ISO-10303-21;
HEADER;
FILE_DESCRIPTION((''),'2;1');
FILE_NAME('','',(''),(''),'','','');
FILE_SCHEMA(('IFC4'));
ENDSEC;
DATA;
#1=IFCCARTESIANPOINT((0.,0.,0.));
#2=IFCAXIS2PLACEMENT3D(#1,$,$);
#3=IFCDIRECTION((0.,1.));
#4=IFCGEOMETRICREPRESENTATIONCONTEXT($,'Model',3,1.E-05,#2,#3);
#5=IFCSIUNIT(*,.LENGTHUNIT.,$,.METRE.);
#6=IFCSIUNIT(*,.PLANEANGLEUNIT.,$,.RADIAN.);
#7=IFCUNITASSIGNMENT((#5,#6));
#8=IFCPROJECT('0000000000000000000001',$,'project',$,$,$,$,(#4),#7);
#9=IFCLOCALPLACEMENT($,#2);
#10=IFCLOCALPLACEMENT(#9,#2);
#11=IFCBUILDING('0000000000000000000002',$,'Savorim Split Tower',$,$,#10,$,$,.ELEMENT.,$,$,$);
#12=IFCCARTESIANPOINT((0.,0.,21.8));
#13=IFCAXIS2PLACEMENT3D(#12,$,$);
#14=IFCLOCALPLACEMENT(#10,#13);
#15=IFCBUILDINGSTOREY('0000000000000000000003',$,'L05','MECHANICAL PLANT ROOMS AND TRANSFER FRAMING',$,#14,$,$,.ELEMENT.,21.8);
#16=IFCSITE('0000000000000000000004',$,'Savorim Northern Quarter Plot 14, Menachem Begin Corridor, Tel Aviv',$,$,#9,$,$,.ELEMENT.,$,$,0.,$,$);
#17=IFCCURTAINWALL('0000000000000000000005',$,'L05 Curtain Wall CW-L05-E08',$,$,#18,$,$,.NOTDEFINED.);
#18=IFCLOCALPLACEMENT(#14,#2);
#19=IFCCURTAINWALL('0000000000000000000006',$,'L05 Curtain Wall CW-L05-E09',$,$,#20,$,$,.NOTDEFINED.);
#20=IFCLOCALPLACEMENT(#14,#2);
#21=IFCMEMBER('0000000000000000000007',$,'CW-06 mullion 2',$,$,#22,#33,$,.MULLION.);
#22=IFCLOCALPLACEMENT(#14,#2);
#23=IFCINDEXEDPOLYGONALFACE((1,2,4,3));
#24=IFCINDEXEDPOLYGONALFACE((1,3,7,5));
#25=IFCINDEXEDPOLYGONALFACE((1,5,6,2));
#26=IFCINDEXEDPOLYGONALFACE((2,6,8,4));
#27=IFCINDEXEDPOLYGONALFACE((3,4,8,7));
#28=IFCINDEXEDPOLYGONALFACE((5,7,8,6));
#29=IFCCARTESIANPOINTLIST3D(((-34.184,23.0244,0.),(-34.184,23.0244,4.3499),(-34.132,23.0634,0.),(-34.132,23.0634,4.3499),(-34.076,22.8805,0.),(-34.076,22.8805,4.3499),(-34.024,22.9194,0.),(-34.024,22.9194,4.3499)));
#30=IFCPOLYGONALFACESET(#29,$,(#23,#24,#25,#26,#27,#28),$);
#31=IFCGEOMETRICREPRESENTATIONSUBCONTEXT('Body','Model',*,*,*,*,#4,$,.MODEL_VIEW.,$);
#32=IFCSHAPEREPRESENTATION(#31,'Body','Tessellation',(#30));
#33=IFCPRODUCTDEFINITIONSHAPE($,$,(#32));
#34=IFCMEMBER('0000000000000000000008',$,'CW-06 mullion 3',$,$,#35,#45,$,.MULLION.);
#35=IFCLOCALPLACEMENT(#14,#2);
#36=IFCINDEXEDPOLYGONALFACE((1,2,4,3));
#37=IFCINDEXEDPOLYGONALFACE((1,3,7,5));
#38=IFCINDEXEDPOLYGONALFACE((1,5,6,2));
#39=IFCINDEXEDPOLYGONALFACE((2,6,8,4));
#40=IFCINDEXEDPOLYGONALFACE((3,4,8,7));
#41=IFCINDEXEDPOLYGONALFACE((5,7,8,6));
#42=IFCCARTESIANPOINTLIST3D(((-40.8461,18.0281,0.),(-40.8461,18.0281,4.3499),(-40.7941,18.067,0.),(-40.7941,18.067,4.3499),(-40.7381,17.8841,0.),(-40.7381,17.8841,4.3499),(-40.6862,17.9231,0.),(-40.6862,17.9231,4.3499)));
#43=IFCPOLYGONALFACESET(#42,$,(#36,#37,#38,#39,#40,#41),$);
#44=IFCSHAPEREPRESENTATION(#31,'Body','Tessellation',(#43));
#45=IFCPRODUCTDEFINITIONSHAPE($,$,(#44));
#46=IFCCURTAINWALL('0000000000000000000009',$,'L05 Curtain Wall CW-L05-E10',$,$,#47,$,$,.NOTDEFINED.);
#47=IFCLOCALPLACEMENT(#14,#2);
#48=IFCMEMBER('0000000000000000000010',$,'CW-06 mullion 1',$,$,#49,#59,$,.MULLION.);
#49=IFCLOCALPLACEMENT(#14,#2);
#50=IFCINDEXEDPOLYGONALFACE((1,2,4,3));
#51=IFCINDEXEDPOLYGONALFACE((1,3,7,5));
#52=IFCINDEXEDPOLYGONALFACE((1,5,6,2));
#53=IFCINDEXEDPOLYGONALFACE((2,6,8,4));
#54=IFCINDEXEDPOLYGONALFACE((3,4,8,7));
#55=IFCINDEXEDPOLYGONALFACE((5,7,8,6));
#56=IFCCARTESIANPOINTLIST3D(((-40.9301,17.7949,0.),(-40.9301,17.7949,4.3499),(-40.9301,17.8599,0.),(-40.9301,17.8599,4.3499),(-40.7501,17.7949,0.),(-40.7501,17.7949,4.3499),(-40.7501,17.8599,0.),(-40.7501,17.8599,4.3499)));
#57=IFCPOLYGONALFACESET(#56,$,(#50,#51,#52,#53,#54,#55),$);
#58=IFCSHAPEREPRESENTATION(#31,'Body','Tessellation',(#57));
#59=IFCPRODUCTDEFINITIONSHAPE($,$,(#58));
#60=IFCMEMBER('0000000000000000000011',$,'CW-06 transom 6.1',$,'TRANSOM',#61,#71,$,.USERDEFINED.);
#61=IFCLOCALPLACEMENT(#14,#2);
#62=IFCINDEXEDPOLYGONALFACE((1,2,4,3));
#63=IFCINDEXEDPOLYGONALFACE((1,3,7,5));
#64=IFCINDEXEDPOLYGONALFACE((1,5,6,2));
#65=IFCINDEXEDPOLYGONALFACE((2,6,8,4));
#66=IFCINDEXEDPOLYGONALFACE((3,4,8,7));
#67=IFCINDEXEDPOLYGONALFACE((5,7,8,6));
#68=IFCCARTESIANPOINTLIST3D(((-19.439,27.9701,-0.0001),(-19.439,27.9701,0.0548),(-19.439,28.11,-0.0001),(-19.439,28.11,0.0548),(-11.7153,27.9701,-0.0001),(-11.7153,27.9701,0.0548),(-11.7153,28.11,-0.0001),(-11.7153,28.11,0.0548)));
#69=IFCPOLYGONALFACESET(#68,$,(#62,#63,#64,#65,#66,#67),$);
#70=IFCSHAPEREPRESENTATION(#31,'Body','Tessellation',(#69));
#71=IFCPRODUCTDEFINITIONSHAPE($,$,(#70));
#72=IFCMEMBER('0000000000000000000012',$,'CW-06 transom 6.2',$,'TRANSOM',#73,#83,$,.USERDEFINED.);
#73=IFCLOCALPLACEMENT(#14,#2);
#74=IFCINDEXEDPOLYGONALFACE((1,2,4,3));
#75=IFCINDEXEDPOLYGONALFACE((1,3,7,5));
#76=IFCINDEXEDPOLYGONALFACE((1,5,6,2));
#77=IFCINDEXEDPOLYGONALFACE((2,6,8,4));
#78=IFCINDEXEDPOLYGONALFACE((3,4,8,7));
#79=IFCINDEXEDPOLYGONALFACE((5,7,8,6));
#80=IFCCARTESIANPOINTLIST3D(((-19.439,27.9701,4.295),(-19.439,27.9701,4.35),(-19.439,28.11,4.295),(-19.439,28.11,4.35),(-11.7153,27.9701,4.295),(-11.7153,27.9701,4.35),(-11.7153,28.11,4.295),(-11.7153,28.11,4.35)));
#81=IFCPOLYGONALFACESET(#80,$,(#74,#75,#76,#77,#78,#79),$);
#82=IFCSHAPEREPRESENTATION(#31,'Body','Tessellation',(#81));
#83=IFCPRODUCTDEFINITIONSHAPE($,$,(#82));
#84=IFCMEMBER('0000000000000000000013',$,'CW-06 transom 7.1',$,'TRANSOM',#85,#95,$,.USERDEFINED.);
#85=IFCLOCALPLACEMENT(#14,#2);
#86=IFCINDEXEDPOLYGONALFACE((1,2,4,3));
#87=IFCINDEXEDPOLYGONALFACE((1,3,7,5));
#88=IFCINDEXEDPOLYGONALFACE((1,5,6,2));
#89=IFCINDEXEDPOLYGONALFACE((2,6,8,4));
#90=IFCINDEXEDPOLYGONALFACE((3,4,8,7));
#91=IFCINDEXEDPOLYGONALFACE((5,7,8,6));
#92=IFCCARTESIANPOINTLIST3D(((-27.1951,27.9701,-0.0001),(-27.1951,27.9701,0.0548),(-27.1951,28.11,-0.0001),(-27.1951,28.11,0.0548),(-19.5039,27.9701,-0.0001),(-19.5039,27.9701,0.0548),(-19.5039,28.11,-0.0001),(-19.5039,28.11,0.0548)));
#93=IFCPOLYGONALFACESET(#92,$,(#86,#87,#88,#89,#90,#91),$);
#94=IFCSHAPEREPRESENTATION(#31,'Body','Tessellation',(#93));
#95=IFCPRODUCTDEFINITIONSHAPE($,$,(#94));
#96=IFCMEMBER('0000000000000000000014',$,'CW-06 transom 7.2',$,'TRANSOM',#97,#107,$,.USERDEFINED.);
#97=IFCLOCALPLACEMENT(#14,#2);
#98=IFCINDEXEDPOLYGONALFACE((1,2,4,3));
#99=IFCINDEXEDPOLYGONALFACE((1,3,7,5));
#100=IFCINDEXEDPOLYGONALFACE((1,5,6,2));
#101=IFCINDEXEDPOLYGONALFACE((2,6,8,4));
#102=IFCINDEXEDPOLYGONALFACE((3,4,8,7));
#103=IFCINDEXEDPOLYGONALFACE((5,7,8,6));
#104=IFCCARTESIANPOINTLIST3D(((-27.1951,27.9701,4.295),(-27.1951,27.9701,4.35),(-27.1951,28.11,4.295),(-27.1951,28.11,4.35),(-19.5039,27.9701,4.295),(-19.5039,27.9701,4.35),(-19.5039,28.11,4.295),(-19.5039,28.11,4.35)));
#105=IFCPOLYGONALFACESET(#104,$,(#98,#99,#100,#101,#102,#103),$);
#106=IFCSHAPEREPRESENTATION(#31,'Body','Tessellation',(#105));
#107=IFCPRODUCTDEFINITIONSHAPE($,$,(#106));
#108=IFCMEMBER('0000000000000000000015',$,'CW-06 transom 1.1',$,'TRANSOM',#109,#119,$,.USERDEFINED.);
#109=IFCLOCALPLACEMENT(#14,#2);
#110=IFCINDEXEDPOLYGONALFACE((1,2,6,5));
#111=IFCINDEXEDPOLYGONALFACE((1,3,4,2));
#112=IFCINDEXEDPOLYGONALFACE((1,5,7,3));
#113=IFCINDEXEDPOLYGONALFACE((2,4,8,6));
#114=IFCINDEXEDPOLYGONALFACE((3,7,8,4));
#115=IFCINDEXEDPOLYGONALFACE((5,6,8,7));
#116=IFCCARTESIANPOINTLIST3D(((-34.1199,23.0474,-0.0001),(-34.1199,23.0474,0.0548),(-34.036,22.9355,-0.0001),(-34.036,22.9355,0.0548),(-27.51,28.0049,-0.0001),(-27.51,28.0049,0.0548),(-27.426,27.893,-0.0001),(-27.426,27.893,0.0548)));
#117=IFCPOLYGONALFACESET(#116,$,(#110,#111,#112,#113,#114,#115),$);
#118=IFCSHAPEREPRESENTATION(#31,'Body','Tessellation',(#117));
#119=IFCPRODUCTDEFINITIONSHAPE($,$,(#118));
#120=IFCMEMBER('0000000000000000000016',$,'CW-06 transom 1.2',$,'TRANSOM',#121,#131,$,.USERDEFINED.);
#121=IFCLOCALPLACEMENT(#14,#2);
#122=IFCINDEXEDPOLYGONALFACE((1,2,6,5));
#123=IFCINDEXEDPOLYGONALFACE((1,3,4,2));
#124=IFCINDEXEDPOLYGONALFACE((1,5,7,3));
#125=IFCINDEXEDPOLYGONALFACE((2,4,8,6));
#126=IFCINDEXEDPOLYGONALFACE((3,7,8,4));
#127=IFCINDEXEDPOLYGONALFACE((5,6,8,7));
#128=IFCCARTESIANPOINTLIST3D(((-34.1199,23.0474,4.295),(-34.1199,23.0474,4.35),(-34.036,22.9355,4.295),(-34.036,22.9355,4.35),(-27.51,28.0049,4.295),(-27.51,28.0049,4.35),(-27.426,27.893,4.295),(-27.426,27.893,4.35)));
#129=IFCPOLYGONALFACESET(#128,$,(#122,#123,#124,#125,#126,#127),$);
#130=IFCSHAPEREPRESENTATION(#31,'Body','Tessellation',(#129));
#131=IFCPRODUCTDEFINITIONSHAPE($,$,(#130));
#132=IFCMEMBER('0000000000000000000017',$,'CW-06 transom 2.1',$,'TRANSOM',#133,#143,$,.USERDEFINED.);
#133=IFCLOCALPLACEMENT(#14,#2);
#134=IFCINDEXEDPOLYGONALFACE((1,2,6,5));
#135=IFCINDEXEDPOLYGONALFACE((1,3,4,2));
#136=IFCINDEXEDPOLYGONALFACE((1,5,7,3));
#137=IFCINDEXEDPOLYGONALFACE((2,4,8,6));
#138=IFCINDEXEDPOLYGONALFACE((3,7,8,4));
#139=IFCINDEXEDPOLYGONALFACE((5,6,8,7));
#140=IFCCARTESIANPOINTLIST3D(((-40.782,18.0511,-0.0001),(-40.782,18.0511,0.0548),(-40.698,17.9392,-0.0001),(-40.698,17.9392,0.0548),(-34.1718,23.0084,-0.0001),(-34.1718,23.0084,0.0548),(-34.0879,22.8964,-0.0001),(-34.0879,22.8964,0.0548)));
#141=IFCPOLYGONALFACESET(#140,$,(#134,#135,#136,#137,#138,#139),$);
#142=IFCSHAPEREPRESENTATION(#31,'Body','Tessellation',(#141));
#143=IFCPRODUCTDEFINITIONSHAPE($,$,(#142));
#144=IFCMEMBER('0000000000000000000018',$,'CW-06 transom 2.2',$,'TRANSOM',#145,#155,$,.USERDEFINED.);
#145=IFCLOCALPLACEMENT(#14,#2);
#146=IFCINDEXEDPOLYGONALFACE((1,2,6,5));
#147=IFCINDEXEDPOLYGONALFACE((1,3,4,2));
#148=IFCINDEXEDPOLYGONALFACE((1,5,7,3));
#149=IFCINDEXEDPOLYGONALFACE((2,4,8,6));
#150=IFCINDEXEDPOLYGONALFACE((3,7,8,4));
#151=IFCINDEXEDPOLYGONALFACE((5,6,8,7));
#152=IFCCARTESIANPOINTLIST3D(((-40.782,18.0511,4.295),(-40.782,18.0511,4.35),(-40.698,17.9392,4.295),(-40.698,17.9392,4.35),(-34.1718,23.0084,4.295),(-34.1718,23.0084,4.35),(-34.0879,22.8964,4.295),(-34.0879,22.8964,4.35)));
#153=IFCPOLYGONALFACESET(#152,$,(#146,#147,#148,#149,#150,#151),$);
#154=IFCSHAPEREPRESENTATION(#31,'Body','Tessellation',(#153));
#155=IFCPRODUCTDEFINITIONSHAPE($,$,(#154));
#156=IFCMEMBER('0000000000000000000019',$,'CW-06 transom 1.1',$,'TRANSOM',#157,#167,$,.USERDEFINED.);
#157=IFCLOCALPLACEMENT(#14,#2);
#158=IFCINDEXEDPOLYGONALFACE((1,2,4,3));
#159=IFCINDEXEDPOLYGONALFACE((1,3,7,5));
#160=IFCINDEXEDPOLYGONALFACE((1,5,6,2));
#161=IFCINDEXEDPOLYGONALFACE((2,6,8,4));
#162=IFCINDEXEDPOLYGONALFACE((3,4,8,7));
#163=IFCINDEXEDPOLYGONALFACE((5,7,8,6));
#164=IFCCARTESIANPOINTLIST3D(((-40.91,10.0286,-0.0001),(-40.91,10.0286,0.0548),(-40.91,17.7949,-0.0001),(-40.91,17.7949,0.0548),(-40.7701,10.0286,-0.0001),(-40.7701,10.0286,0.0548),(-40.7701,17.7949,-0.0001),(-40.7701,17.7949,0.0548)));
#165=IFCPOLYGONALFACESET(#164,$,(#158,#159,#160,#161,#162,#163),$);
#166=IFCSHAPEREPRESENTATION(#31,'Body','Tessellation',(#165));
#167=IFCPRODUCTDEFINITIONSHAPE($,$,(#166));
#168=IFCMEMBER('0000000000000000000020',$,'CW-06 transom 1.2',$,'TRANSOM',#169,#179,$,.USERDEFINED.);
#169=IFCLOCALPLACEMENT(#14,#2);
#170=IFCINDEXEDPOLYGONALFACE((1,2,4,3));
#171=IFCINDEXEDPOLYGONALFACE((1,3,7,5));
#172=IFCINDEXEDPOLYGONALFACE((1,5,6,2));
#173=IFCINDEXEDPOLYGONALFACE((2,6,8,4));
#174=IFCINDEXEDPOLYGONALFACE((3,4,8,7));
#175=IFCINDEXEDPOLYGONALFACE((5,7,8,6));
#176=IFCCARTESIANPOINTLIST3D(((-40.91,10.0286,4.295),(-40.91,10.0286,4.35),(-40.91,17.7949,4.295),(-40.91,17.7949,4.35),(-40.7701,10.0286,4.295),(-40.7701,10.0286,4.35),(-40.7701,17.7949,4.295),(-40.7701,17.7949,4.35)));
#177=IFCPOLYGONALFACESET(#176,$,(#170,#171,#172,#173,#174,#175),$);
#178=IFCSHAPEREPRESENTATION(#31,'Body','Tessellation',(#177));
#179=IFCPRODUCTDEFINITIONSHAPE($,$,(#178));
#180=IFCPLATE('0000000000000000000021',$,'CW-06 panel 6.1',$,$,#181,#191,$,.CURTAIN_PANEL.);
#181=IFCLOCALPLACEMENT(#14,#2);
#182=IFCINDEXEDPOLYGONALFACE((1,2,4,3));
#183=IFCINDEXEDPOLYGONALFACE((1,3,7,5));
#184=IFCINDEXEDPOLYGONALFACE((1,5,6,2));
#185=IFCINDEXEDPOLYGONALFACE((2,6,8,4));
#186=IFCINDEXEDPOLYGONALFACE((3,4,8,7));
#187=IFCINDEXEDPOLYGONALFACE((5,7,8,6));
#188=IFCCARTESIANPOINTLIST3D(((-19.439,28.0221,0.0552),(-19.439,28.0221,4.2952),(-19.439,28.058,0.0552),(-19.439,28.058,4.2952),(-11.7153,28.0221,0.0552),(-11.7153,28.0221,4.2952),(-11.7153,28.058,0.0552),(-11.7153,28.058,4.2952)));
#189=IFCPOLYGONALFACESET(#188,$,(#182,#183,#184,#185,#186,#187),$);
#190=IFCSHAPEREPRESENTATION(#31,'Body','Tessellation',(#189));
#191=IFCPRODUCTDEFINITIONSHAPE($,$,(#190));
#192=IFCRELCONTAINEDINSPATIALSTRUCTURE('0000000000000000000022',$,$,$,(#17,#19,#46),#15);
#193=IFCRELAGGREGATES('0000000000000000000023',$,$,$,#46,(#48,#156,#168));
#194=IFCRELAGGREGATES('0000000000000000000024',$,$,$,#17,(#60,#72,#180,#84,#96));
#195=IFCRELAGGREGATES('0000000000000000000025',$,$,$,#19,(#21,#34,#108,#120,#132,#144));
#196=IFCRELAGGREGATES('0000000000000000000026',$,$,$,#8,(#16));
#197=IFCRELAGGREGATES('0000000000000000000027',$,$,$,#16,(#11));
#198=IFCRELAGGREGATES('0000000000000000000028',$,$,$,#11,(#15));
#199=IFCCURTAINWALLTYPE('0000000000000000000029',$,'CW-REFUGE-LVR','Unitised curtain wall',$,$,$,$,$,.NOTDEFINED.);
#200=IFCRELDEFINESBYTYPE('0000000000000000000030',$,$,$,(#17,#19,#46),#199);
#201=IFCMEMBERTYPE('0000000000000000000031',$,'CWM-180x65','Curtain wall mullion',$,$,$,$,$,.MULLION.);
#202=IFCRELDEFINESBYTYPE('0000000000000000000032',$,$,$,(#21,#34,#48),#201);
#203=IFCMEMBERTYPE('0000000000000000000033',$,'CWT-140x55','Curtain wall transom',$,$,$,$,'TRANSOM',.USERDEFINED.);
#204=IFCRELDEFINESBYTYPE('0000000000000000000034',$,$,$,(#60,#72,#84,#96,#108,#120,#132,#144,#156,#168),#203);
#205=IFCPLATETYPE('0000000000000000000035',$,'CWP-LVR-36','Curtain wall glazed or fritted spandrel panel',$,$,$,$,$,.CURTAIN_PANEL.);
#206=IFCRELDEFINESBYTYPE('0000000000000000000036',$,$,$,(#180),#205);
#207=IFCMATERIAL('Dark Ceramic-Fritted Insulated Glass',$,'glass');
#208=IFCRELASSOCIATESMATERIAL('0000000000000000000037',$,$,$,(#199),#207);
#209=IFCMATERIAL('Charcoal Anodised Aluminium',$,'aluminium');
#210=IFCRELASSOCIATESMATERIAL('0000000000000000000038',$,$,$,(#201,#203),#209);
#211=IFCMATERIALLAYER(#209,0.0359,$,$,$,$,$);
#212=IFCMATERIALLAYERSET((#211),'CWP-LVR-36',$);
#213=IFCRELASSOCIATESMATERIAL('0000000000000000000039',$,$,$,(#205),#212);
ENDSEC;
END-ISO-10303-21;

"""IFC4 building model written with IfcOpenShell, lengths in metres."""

from ifc_helpers import new_model, si_unit, direction, frame, origin, origin_2d, place, context, subcontext, project, spatial, rectangle, extrude, material, layer, layer_set, material_profile, profile_set, type_object, element, aggregate, save


model = new_model("IFC4")

# Units and contexts
model_context = context("Model", 3, precision=1e-05, world=origin(), true_north=direction((0.0, 1.0)))
body_context = subcontext(model_context, "Body", "Model", "MODEL_VIEW")
ifc_project = project(units=[si_unit("LENGTHUNIT", "METRE"), si_unit("PLANEANGLEUNIT", "RADIAN")], contexts=[model_context])

# Site, building, storey
site_placement = place(None, origin())
site = spatial("IfcSite", under=ifc_project, at=site_placement, Name="Savorim Northern Quarter Plot 14, Menachem Begin Corridor, Tel Aviv", CompositionType="ELEMENT", RefElevation=0.0)
building_placement = place(site_placement, origin())
building = spatial("IfcBuilding", under=site, at=building_placement, Name="Savorim Split Tower", CompositionType="ELEMENT")
storey_placement = place(building_placement, frame((0.0, 0.0, 21.8)))
storey = spatial("IfcBuildingStorey", under=building, at=storey_placement, Name="L05", Description="MECHANICAL PLANT ROOMS AND TRANSFER FRAMING", CompositionType="ELEMENT", Elevation=21.8)

# Curtain walls, members
ifc_material_1 = material(Name="Dark Ceramic-Fritted Insulated Glass", Category="glass")
curtain_wall_type = type_object("IfcCurtainWallType", Name="CW-REFUGE-LVR", Description="Unitised curtain wall", PredefinedType="NOTDEFINED", material=ifc_material_1)
curtain_wall_1_placement = place(storey_placement, origin())
curtain_wall_1 = element("IfcCurtainWall", 1, at=curtain_wall_1_placement, inside=storey, type_object=curtain_wall_type, Name="L05 Curtain Wall CW-L05-E08", PredefinedType="NOTDEFINED")
ifc_material_2 = material(Name="Charcoal Anodised Aluminium", Category="aluminium")
ifc_material_profile_1 = material_profile(ifc_material_2, rectangle(XDim=0.1799, YDim=0.0649, at=origin_2d()), Name="ALU-M 180x65")
ifc_profile_set_1 = profile_set([ifc_material_profile_1], Name="Charcoal Anodised Aluminium")
member_type_1 = type_object("IfcMemberType", Name="CWM-180x65", Description="Curtain wall mullion", PredefinedType="MULLION", material=ifc_profile_set_1)
curtain_wall_2_placement = place(storey_placement, origin())
curtain_wall_2 = element("IfcCurtainWall", 2, at=curtain_wall_2_placement, inside=storey, type_object=curtain_wall_type, Name="L05 Curtain Wall CW-L05-E09", PredefinedType="NOTDEFINED")
member_1_placement = place(storey_placement, frame((-34.104, 22.9719, 0.0), z_axis=(0.0, 0.0, 1.0), x_axis=(0.6, -0.8, 0.0)))
member_1 = element("IfcMember", 3, at=member_1_placement, type_object=member_type_1, Name="CW-06 mullion 2", PredefinedType="MULLION", context=body_context, shape_type="SweptSolid", body=[
    extrude(rectangle(XDim=0.1799, YDim=0.0649, at=origin_2d()), origin(), (0.0, 0.0, 1.0), 4.3499),
])
member_2_placement = place(storey_placement, frame((-40.7661, 17.9756, 0.0), z_axis=(0.0, 0.0, 1.0), x_axis=(0.6, -0.8, 0.0)))
member_2 = element("IfcMember", 4, at=member_2_placement, type_object=member_type_1, Name="CW-06 mullion 3", PredefinedType="MULLION", context=body_context, shape_type="SweptSolid", body=[
    extrude(rectangle(XDim=0.1799, YDim=0.0649, at=origin_2d()), origin(), (0.0, 0.0, 1.0), 4.3499),
])

# Curtain wall, member
curtain_wall_3_placement = place(storey_placement, origin())
curtain_wall_3 = element("IfcCurtainWall", 5, at=curtain_wall_3_placement, inside=storey, type_object=curtain_wall_type, Name="L05 Curtain Wall CW-L05-E10", PredefinedType="NOTDEFINED")
member_3_placement = place(storey_placement, frame((-40.8401, 17.8274, 0.0), z_axis=(0.0, 0.0, 1.0), x_axis=(1.0, 0.0, 0.0)))
member_3 = element("IfcMember", 6, at=member_3_placement, type_object=member_type_1, Name="CW-06 mullion 1", PredefinedType="MULLION", context=body_context, shape_type="SweptSolid", body=[
    extrude(rectangle(XDim=0.1799, YDim=0.0649, at=origin_2d()), origin(), (0.0, 0.0, 1.0), 4.3499),
])

# Members
ifc_material_profile_2 = material_profile(ifc_material_2, rectangle(XDim=0.1399, YDim=0.0549, at=origin_2d()), Name="ALU-T 140x55")
ifc_profile_set_2 = profile_set([ifc_material_profile_2], Name="Charcoal Anodised Aluminium")
member_type_2 = type_object("IfcMemberType", Name="CWT-140x55", Description="Curtain wall transom", ElementType="TRANSOM", PredefinedType="USERDEFINED", material=ifc_profile_set_2)
member_4_placement = place(storey_placement, frame((-11.7153, 28.04, 0.0273), z_axis=(-1.0, 0.0, 0.0), x_axis=(0.0, -1.0, 0.0)))
member_4 = element("IfcMember", 7, at=member_4_placement, type_object=member_type_2, Name="CW-06 transom 6.1", ObjectType="TRANSOM", PredefinedType="USERDEFINED", context=body_context, shape_type="SweptSolid", body=[
    extrude(rectangle(XDim=0.1399, YDim=0.0549, at=origin_2d()), origin(), (0.0, 0.0, 1.0), 7.7236),
])
member_5_placement = place(storey_placement, frame((-11.7153, 28.04, 4.3225), z_axis=(-1.0, 0.0, 0.0), x_axis=(0.0, -1.0, 0.0)))
member_5 = element("IfcMember", 8, at=member_5_placement, type_object=member_type_2, Name="CW-06 transom 6.2", ObjectType="TRANSOM", PredefinedType="USERDEFINED", context=body_context, shape_type="SweptSolid", body=[
    extrude(rectangle(XDim=0.1399, YDim=0.0549, at=origin_2d()), origin(), (0.0, 0.0, 1.0), 7.7236),
])
member_6_placement = place(storey_placement, frame((-19.5039, 28.04, 0.0273), z_axis=(-1.0, 0.0, 0.0), x_axis=(0.0, -1.0, 0.0)))
member_6 = element("IfcMember", 9, at=member_6_placement, type_object=member_type_2, Name="CW-06 transom 7.1", ObjectType="TRANSOM", PredefinedType="USERDEFINED", context=body_context, shape_type="SweptSolid", body=[
    extrude(rectangle(XDim=0.1399, YDim=0.0549, at=origin_2d()), origin(), (0.0, 0.0, 1.0), 7.6912),
])
member_7_placement = place(storey_placement, frame((-19.5039, 28.04, 4.3225), z_axis=(-1.0, 0.0, 0.0), x_axis=(0.0, -1.0, 0.0)))
member_7 = element("IfcMember", 10, at=member_7_placement, type_object=member_type_2, Name="CW-06 transom 7.2", ObjectType="TRANSOM", PredefinedType="USERDEFINED", context=body_context, shape_type="SweptSolid", body=[
    extrude(rectangle(XDim=0.1399, YDim=0.0549, at=origin_2d()), origin(), (0.0, 0.0, 1.0), 7.6912),
])
member_8_placement = place(storey_placement, frame((-27.468, 27.949, 0.0273), z_axis=(-0.799993, -0.600009, 0.0), x_axis=(0.600009, -0.799993, 0.0)))
member_8 = element("IfcMember", 11, at=member_8_placement, type_object=member_type_2, Name="CW-06 transom 1.1", ObjectType="TRANSOM", PredefinedType="USERDEFINED", context=body_context, shape_type="SweptSolid", body=[
    extrude(rectangle(XDim=0.1399, YDim=0.0549, at=origin_2d()), origin(), (0.0, 0.0, 1.0), 8.2625),
])
member_9_placement = place(storey_placement, frame((-27.468, 27.949, 4.3225), z_axis=(-0.799993, -0.600009, 0.0), x_axis=(0.600009, -0.799993, 0.0)))
member_9 = element("IfcMember", 12, at=member_9_placement, type_object=member_type_2, Name="CW-06 transom 1.2", ObjectType="TRANSOM", PredefinedType="USERDEFINED", context=body_context, shape_type="SweptSolid", body=[
    extrude(rectangle(XDim=0.1399, YDim=0.0549, at=origin_2d()), origin(), (0.0, 0.0, 1.0), 8.2625),
])
member_10_placement = place(storey_placement, frame((-34.1299, 22.9524, 0.0273), z_axis=(-0.800018, -0.599976, 0.0), x_axis=(0.599976, -0.800018, 0.0)))
member_10 = element("IfcMember", 13, at=member_10_placement, type_object=member_type_2, Name="CW-06 transom 2.1", ObjectType="TRANSOM", PredefinedType="USERDEFINED", context=body_context, shape_type="SweptSolid", body=[
    extrude(rectangle(XDim=0.1399, YDim=0.0549, at=origin_2d()), origin(), (0.0, 0.0, 1.0), 8.2625),
])
member_11_placement = place(storey_placement, frame((-34.1299, 22.9524, 4.3225), z_axis=(-0.800018, -0.599976, 0.0), x_axis=(0.599976, -0.800018, 0.0)))
member_11 = element("IfcMember", 14, at=member_11_placement, type_object=member_type_2, Name="CW-06 transom 2.2", ObjectType="TRANSOM", PredefinedType="USERDEFINED", context=body_context, shape_type="SweptSolid", body=[
    extrude(rectangle(XDim=0.1399, YDim=0.0549, at=origin_2d()), origin(), (0.0, 0.0, 1.0), 8.2625),
])
member_12_placement = place(storey_placement, frame((-40.8401, 17.7949, 0.0273), z_axis=(0.0, -1.0, 0.0), x_axis=(1.0, 0.0, 0.0)))
member_12 = element("IfcMember", 15, at=member_12_placement, type_object=member_type_2, Name="CW-06 transom 1.1", ObjectType="TRANSOM", PredefinedType="USERDEFINED", context=body_context, shape_type="SweptSolid", body=[
    extrude(rectangle(XDim=0.1399, YDim=0.0549, at=origin_2d()), origin(), (0.0, 0.0, 1.0), 7.7664),
])
member_13_placement = place(storey_placement, frame((-40.8401, 17.7949, 4.3225), z_axis=(0.0, -1.0, 0.0), x_axis=(1.0, 0.0, 0.0)))
member_13 = element("IfcMember", 16, at=member_13_placement, type_object=member_type_2, Name="CW-06 transom 1.2", ObjectType="TRANSOM", PredefinedType="USERDEFINED", context=body_context, shape_type="SweptSolid", body=[
    extrude(rectangle(XDim=0.1399, YDim=0.0549, at=origin_2d()), origin(), (0.0, 0.0, 1.0), 7.7664),
])
aggregate(curtain_wall_3, [member_3, member_12, member_13])

# Plate
ifc_layer_1 = layer(ifc_material_2, 0.0359)
ifc_layer_set_1 = layer_set([ifc_layer_1], Name="CWP-LVR-36")
plate_type = type_object("IfcPlateType", Name="CWP-LVR-36", Description="Curtain wall glazed or fritted spandrel panel", PredefinedType="CURTAIN_PANEL", material=ifc_layer_set_1)
plate_1_placement = place(storey_placement, frame((-15.5771, 28.04, 0.0552), z_axis=(0.0, 0.0, 1.0), x_axis=(-1.0, 0.0, 0.0)))
plate_1 = element("IfcPlate", 17, at=plate_1_placement, type_object=plate_type, Name="CW-06 panel 6.1", PredefinedType="CURTAIN_PANEL", context=body_context, shape_type="SweptSolid", body=[
    extrude(rectangle(XDim=7.7236, YDim=0.0359, at=origin_2d()), origin(), (0.0, 0.0, 1.0), 4.24),
])
aggregate(curtain_wall_1, [member_4, member_5, plate_1, member_6, member_7])
aggregate(curtain_wall_2, [member_1, member_2, member_8, member_9, member_10, member_11])

save(model, "model.ifc")
